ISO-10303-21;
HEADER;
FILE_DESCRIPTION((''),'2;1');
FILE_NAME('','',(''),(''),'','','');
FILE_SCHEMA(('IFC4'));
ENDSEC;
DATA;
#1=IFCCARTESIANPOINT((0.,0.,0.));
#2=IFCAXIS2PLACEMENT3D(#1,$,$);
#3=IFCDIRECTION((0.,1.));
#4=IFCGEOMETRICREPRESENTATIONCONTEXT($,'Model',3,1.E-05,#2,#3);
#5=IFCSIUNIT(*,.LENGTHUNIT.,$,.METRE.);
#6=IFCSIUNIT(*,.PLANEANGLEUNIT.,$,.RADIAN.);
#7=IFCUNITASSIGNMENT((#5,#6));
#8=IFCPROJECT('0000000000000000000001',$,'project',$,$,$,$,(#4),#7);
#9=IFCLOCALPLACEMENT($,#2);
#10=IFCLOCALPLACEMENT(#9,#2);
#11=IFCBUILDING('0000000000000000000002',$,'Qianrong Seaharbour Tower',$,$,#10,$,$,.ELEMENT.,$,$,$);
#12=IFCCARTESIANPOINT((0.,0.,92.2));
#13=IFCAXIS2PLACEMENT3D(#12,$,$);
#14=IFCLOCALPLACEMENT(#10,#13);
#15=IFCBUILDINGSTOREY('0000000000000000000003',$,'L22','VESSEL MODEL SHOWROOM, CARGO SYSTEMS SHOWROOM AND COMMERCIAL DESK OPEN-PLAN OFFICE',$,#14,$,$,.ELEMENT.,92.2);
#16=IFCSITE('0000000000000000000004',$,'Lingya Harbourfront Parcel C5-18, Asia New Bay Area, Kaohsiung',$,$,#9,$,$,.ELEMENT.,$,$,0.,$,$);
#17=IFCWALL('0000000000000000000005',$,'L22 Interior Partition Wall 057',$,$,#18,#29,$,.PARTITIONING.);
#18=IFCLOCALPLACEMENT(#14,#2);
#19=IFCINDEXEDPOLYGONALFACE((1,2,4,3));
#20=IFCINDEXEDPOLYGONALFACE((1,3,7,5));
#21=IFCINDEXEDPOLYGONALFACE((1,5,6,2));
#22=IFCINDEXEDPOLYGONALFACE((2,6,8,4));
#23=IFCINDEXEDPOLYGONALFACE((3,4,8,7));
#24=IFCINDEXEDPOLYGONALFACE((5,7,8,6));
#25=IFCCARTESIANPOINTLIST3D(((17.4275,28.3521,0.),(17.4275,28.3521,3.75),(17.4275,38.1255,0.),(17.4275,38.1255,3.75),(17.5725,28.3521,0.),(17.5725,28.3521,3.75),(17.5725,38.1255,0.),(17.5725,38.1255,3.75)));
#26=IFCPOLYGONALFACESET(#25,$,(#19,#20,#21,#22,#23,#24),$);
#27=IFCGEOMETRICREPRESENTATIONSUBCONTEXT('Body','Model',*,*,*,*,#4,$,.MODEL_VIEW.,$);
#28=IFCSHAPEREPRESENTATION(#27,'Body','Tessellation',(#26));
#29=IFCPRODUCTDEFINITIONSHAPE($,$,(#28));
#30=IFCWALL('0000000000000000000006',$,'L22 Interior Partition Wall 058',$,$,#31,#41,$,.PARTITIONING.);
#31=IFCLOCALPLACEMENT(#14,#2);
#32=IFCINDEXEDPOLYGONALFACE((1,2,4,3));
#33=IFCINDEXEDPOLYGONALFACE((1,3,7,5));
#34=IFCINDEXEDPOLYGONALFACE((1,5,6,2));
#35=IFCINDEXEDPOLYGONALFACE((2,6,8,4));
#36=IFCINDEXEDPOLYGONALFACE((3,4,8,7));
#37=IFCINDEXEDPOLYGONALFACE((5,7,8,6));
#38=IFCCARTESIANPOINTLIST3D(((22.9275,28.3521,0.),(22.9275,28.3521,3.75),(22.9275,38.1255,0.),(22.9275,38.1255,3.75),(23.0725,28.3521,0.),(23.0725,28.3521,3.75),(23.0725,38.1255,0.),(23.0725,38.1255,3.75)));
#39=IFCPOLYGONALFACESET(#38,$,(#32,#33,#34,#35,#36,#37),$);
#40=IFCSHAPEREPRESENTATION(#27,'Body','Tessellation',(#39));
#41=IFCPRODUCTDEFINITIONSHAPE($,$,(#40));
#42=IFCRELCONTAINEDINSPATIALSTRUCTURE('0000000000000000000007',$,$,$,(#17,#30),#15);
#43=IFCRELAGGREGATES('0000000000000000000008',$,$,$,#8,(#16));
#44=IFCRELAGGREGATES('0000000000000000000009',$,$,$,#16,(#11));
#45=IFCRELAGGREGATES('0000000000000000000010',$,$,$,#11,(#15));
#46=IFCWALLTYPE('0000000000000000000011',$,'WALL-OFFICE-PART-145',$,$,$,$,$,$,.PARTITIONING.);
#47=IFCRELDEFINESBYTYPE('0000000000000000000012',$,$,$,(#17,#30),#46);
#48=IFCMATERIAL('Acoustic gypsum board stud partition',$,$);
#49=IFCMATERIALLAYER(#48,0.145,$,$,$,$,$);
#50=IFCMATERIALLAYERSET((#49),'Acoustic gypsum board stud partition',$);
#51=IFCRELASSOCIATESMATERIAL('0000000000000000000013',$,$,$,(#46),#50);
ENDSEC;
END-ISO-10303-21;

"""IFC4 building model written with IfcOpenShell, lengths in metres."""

from ifc_helpers import new_model, si_unit, direction, frame, frame_2d, origin, place, context, subcontext, project, spatial, rectangle, extrude, material, layer, layer_set, type_object, element, save


model = new_model("IFC4")

# Units and contexts
model_context = context("Model", 3, precision=1e-05, world=origin(), true_north=direction((0.0, 1.0)))
body_context = subcontext(model_context, "Body", "Model", "MODEL_VIEW")
ifc_project = project(units=[si_unit("LENGTHUNIT", "METRE"), si_unit("PLANEANGLEUNIT", "RADIAN")], contexts=[model_context])

# Site, building, storey
site_placement = place(None, origin())
site = spatial("IfcSite", under=ifc_project, at=site_placement, Name="Lingya Harbourfront Parcel C5-18, Asia New Bay Area, Kaohsiung", CompositionType="ELEMENT", RefElevation=0.0)
building_placement = place(site_placement, origin())
building = spatial("IfcBuilding", under=site, at=building_placement, Name="Qianrong Seaharbour Tower", CompositionType="ELEMENT")
storey_placement = place(building_placement, frame((0.0, 0.0, 92.2)))
storey = spatial("IfcBuildingStorey", under=building, at=storey_placement, Name="L22", Description="VESSEL MODEL SHOWROOM, CARGO SYSTEMS SHOWROOM AND COMMERCIAL DESK OPEN-PLAN OFFICE", CompositionType="ELEMENT", Elevation=92.2)

# Walls
ifc_material_1 = material(Name="Acoustic gypsum board stud partition")
ifc_layer_1 = layer(ifc_material_1, 0.145)
ifc_layer_set_1 = layer_set([ifc_layer_1], Name="Acoustic gypsum board stud partition")
wall_type_1 = type_object("IfcWallType", Name="WALL-OFFICE-PART-145", PredefinedType="PARTITIONING", material=ifc_layer_set_1)
for number, where, z_axis, x_axis, name in (
    (1, (17.5, 38.1255, 0.0), (0.0, 0.0, 1.0), (0.0, -1.0, 0.0), "L22 Interior Partition Wall 057"),
    (2, (23.0, 38.1255, 0.0), (0.0, 0.0, 1.0), (0.0, -1.0, 0.0), "L22 Interior Partition Wall 058"),
):
    element("IfcWall", number, at=place(storey_placement, frame(where, z_axis=z_axis, x_axis=x_axis)), inside=storey, type_object=wall_type_1, Name=name, PredefinedType="PARTITIONING", context=body_context, shape_type="SweptSolid", body=[
        extrude(rectangle(XDim=9.7734, YDim=0.145, at=frame_2d((4.8867, 0.0))), origin(), (0.0, 0.0, 1.0), 3.75),
    ])

save(model, "model.ifc")
